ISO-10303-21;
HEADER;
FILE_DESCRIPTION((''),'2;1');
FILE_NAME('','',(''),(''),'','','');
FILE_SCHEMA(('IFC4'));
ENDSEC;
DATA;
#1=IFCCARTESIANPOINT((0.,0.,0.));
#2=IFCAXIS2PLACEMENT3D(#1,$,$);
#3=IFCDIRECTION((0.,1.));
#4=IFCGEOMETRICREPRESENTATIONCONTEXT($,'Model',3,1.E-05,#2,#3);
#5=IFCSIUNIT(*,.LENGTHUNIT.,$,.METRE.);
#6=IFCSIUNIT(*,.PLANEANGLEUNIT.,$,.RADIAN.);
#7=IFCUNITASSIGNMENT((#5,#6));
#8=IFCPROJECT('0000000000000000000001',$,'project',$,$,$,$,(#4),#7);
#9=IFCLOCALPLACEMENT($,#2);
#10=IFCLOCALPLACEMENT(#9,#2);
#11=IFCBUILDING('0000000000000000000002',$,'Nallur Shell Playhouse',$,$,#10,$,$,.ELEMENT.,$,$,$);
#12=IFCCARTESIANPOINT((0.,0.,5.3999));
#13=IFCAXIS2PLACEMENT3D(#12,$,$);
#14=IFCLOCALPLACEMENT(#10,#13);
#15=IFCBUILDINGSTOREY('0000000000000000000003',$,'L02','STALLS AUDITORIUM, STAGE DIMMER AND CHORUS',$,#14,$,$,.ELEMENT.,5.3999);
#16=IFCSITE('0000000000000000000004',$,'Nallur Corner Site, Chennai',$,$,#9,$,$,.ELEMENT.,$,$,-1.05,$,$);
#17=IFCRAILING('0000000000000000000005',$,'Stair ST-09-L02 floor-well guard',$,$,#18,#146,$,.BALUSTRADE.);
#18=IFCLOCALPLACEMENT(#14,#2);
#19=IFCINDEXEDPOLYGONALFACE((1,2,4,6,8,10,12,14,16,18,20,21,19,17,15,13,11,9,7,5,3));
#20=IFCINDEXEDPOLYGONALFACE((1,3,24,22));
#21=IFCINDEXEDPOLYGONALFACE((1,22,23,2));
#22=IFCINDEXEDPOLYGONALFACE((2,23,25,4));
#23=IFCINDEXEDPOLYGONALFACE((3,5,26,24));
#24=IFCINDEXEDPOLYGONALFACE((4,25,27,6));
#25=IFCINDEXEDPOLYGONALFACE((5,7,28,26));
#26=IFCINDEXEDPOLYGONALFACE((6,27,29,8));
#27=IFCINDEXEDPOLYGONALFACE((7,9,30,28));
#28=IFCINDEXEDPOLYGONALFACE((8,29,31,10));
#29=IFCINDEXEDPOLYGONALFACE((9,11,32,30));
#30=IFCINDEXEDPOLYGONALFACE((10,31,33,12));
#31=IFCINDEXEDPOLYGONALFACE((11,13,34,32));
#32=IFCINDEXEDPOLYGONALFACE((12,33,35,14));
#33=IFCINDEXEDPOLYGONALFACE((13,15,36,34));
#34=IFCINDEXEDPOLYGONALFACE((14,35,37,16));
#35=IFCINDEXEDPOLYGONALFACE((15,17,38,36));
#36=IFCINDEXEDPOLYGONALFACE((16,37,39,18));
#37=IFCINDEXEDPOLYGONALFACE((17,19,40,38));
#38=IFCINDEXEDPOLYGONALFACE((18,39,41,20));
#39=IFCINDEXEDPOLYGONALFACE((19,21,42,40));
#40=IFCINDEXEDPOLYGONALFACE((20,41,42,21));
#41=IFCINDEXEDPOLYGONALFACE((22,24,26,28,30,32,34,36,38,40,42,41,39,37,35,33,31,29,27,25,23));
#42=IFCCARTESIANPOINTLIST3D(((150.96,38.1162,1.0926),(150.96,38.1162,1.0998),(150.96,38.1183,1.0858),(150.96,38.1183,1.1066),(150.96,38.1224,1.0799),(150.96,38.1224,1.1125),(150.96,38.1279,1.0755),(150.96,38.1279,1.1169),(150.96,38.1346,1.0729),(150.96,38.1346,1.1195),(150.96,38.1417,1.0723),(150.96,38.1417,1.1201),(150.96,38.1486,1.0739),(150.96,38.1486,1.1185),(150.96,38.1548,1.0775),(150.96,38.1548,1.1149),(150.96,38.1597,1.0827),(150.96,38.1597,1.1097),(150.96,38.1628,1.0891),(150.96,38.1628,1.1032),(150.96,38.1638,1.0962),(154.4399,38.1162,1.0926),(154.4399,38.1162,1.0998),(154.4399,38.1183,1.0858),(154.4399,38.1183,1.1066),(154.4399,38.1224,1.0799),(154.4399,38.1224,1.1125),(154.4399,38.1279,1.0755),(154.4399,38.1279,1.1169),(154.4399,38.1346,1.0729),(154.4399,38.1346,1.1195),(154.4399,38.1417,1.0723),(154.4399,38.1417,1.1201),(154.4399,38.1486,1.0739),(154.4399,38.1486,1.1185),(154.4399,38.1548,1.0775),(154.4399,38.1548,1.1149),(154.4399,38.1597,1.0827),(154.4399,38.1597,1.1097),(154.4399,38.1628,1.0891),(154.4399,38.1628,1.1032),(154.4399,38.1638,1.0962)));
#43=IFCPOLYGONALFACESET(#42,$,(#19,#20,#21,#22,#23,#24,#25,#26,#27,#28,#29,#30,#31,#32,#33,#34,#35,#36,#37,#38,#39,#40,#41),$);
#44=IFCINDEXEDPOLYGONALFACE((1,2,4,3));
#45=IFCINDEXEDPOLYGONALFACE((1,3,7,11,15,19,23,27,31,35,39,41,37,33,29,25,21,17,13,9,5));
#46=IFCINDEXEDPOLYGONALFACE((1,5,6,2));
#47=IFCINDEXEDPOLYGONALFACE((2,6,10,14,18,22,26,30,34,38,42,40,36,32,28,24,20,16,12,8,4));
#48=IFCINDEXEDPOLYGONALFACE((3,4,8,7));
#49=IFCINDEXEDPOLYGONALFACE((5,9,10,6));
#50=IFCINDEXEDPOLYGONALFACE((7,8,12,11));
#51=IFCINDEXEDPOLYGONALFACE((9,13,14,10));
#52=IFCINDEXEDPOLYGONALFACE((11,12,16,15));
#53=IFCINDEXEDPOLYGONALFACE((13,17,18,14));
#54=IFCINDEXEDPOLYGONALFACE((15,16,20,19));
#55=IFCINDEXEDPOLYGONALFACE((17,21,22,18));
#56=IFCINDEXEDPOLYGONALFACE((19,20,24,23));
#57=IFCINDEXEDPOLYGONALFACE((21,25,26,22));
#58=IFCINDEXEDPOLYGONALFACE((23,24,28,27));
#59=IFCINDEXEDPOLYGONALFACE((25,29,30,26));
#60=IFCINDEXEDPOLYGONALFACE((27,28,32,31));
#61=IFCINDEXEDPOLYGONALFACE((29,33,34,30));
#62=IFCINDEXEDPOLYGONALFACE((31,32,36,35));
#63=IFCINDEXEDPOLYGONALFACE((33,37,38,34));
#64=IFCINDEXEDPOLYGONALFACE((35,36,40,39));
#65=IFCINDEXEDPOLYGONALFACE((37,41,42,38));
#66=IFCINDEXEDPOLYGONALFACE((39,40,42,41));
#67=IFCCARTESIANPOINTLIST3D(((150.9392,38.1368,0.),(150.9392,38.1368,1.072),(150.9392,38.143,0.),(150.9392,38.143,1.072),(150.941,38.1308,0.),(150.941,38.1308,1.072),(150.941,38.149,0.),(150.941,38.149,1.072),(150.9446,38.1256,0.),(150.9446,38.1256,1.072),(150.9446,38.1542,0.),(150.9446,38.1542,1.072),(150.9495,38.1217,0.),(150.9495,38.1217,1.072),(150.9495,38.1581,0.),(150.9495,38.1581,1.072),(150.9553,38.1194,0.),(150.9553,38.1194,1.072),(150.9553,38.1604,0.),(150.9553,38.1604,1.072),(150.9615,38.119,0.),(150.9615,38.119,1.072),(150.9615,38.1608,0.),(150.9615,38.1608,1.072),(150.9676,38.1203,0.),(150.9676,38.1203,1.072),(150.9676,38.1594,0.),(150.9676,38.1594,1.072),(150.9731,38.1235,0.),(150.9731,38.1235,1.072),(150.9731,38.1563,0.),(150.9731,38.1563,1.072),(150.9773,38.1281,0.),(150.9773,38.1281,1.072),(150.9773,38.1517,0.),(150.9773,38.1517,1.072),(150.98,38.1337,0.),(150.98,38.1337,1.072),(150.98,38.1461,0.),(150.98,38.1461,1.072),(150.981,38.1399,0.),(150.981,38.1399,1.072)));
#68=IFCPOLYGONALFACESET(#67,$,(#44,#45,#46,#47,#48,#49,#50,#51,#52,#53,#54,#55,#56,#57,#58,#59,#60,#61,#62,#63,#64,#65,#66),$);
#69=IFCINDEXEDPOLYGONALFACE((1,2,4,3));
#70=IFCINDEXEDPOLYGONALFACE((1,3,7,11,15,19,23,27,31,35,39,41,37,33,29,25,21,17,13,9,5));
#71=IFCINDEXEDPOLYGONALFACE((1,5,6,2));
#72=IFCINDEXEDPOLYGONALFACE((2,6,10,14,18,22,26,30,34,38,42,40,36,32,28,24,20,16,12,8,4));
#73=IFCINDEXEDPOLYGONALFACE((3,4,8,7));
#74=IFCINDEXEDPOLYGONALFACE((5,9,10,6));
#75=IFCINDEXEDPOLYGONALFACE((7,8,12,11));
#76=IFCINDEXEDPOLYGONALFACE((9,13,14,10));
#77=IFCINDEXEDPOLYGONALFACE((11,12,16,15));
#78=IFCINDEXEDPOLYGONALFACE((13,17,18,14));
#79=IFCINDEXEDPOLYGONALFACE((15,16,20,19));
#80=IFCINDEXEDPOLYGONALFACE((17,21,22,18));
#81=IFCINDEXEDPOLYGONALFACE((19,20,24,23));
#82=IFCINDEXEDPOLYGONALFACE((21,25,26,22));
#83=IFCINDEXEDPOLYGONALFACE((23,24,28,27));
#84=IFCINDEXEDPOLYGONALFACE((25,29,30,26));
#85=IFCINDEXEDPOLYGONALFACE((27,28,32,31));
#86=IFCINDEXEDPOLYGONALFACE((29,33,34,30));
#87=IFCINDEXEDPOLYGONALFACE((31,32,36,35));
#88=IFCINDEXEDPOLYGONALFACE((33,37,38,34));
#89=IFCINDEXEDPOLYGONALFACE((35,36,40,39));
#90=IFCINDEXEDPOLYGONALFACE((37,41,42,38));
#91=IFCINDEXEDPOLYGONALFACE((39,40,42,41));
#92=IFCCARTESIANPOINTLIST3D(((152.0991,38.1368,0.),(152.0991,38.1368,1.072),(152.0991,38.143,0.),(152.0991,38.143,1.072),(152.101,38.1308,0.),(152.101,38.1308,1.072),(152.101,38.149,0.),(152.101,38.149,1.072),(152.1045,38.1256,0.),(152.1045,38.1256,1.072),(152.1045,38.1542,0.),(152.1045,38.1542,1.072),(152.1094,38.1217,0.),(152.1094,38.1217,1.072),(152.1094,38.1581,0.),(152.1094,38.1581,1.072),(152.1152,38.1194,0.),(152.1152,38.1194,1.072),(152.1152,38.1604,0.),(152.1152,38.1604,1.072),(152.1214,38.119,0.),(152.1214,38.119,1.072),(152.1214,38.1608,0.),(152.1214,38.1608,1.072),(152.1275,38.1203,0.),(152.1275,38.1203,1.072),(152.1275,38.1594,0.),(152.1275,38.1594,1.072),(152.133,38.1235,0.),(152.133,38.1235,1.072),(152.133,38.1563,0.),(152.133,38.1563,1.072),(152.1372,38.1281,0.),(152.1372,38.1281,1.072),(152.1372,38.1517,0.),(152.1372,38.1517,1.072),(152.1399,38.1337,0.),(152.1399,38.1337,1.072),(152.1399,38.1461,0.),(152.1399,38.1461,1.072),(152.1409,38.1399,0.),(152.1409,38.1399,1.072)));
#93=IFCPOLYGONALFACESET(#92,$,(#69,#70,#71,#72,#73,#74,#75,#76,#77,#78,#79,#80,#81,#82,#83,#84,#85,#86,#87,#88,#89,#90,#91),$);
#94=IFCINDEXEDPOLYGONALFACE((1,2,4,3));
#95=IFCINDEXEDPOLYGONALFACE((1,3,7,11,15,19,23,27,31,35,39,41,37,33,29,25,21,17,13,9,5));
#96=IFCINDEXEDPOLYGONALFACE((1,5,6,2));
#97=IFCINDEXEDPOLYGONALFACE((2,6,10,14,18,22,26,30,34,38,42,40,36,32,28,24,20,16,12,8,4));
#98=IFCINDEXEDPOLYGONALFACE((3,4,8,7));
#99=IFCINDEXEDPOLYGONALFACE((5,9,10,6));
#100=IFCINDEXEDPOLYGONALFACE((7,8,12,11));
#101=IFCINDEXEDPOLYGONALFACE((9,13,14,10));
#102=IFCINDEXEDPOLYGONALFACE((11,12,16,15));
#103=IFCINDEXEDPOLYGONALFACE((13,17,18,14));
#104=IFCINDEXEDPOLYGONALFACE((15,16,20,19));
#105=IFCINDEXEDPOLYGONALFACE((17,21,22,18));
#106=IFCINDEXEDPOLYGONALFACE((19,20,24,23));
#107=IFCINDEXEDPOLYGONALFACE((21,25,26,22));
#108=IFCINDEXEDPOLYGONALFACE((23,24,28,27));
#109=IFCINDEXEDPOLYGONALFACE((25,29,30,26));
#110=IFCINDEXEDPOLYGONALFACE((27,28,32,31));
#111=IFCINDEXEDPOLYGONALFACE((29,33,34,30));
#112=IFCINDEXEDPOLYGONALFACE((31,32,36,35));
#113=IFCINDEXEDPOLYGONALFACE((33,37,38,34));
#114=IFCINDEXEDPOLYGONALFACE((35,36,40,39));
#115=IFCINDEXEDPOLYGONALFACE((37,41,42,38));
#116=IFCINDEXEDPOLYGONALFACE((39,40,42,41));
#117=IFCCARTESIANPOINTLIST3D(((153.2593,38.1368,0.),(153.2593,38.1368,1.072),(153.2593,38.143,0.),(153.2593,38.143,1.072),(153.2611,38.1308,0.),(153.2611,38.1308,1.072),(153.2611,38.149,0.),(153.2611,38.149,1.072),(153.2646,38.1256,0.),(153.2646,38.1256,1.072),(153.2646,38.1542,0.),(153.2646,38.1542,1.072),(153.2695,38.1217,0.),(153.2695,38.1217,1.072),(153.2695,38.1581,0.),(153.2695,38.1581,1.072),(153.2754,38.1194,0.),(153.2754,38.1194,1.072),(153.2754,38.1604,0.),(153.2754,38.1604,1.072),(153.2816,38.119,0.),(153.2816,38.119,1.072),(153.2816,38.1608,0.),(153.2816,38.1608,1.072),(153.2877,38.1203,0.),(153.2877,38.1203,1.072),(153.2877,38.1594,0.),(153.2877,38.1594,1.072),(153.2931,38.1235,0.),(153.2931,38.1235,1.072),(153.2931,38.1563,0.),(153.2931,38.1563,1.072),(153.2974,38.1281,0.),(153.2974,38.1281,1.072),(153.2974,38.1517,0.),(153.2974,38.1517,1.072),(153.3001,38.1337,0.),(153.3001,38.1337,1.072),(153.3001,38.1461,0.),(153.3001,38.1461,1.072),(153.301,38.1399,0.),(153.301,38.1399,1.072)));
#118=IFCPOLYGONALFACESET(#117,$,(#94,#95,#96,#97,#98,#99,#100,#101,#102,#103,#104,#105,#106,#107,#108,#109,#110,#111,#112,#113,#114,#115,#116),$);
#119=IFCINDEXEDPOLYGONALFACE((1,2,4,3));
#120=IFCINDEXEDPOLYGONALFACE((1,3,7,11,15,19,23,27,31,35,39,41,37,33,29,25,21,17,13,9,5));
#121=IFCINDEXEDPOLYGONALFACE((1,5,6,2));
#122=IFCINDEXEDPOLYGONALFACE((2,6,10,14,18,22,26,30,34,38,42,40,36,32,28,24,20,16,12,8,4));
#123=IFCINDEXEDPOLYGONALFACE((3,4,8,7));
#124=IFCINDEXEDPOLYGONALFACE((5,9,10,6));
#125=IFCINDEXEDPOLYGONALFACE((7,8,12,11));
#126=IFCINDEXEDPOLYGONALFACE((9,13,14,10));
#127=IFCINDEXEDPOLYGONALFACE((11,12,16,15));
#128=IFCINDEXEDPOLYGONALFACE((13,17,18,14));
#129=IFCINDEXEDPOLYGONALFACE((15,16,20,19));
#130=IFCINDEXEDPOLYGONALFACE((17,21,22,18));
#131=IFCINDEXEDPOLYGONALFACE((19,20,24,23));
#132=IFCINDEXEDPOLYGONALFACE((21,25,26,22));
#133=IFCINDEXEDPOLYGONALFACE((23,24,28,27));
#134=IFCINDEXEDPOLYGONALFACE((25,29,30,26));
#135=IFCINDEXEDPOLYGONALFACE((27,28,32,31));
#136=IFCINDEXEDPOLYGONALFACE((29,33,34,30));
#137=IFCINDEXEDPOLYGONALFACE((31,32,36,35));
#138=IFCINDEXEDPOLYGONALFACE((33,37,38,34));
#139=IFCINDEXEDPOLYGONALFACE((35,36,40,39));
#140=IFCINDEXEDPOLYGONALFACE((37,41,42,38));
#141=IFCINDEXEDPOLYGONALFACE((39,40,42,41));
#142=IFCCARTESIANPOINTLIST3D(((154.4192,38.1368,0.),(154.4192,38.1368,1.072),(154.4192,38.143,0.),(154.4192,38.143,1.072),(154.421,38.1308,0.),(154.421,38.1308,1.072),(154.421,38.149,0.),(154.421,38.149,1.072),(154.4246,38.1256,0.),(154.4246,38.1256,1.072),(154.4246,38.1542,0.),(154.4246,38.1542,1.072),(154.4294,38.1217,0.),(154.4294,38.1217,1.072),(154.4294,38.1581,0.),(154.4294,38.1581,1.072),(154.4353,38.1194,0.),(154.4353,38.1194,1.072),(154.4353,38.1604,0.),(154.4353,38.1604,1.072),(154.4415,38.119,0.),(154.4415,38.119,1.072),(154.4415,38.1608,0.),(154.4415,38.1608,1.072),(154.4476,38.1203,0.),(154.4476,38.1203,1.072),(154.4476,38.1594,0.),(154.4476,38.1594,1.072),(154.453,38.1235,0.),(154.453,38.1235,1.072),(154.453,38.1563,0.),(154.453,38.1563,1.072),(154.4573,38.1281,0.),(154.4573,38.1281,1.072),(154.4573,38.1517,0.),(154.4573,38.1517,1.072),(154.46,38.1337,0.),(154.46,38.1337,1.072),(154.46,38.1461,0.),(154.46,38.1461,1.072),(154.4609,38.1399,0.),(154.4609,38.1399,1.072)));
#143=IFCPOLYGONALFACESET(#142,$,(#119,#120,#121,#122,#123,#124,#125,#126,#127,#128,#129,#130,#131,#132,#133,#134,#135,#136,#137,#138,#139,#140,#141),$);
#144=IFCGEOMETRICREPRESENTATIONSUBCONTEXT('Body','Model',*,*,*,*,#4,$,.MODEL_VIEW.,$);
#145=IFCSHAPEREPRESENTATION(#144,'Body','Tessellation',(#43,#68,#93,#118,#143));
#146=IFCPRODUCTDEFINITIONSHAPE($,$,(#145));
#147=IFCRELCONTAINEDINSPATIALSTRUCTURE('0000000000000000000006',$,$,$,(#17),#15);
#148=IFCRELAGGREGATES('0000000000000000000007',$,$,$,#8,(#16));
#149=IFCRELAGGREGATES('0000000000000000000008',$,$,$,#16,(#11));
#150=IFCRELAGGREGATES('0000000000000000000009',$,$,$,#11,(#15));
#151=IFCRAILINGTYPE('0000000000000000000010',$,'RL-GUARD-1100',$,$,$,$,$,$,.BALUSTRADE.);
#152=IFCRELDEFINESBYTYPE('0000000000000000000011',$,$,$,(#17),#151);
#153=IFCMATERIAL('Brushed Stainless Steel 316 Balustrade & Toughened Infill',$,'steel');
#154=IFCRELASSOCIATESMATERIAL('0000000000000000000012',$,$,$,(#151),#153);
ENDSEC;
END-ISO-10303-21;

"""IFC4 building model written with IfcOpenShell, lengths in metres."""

from ifc_helpers import new_model, si_unit, direction, frame, origin, origin_2d, place, context, subcontext, project, spatial, circle, extrude, material, type_object, element, save


model = new_model("IFC4")

# Units and contexts
model_context = context("Model", 3, precision=1e-05, world=origin(), true_north=direction((0.0, 1.0)))
body_context = subcontext(model_context, "Body", "Model", "MODEL_VIEW")
ifc_project = project(units=[si_unit("LENGTHUNIT", "METRE"), si_unit("PLANEANGLEUNIT", "RADIAN")], contexts=[model_context])

# Site, building, storey
site_placement = place(None, origin())
site = spatial("IfcSite", under=ifc_project, at=site_placement, Name="Nallur Corner Site, Chennai", CompositionType="ELEMENT", RefElevation=-1.05)
building_placement = place(site_placement, origin())
building = spatial("IfcBuilding", under=site, at=building_placement, Name="Nallur Shell Playhouse", CompositionType="ELEMENT")
storey_placement = place(building_placement, frame((0.0, 0.0, 5.3999)))
storey = spatial("IfcBuildingStorey", under=building, at=storey_placement, Name="L02", Description="STALLS AUDITORIUM, STAGE DIMMER AND CHORUS", CompositionType="ELEMENT", Elevation=5.3999)

# Railing
ifc_material_1 = material(Name="Brushed Stainless Steel 316 Balustrade & Toughened Infill", Category="steel")
railing_type_1 = type_object("IfcRailingType", Name="RL-GUARD-1100", PredefinedType="BALUSTRADE", material=ifc_material_1)
railing_1_placement = place(storey_placement, frame((150.96, 38.1399, 0.0)))
element("IfcRailing", 1, at=railing_1_placement, inside=storey, type_object=railing_type_1, Name="Stair ST-09-L02 floor-well guard", PredefinedType="BALUSTRADE", context=body_context, shape_type="SweptSolid", body=[
    extrude(circle(Radius=0.0239, at=origin_2d()), frame((0.0, 0.0, 1.0962), z_axis=(1.0, 0.0, 0.0), x_axis=(0.0, 1.0, 0.0)), (0.0, 0.0, 1.0), 3.48),
    extrude(circle(Radius=0.021, at=origin_2d()), origin(), (0.0, 0.0, 1.0), 1.072),
    extrude(circle(Radius=0.021, at=origin_2d()), frame((1.1599, 0.0, 0.0)), (0.0, 0.0, 1.0), 1.072),
    extrude(circle(Radius=0.021, at=origin_2d()), frame((2.3201, 0.0, 0.0)), (0.0, 0.0, 1.0), 1.072),
    extrude(circle(Radius=0.021, at=origin_2d()), frame((3.48, 0.0, 0.0)), (0.0, 0.0, 1.0), 1.072),
])

save(model, "model.ifc")
